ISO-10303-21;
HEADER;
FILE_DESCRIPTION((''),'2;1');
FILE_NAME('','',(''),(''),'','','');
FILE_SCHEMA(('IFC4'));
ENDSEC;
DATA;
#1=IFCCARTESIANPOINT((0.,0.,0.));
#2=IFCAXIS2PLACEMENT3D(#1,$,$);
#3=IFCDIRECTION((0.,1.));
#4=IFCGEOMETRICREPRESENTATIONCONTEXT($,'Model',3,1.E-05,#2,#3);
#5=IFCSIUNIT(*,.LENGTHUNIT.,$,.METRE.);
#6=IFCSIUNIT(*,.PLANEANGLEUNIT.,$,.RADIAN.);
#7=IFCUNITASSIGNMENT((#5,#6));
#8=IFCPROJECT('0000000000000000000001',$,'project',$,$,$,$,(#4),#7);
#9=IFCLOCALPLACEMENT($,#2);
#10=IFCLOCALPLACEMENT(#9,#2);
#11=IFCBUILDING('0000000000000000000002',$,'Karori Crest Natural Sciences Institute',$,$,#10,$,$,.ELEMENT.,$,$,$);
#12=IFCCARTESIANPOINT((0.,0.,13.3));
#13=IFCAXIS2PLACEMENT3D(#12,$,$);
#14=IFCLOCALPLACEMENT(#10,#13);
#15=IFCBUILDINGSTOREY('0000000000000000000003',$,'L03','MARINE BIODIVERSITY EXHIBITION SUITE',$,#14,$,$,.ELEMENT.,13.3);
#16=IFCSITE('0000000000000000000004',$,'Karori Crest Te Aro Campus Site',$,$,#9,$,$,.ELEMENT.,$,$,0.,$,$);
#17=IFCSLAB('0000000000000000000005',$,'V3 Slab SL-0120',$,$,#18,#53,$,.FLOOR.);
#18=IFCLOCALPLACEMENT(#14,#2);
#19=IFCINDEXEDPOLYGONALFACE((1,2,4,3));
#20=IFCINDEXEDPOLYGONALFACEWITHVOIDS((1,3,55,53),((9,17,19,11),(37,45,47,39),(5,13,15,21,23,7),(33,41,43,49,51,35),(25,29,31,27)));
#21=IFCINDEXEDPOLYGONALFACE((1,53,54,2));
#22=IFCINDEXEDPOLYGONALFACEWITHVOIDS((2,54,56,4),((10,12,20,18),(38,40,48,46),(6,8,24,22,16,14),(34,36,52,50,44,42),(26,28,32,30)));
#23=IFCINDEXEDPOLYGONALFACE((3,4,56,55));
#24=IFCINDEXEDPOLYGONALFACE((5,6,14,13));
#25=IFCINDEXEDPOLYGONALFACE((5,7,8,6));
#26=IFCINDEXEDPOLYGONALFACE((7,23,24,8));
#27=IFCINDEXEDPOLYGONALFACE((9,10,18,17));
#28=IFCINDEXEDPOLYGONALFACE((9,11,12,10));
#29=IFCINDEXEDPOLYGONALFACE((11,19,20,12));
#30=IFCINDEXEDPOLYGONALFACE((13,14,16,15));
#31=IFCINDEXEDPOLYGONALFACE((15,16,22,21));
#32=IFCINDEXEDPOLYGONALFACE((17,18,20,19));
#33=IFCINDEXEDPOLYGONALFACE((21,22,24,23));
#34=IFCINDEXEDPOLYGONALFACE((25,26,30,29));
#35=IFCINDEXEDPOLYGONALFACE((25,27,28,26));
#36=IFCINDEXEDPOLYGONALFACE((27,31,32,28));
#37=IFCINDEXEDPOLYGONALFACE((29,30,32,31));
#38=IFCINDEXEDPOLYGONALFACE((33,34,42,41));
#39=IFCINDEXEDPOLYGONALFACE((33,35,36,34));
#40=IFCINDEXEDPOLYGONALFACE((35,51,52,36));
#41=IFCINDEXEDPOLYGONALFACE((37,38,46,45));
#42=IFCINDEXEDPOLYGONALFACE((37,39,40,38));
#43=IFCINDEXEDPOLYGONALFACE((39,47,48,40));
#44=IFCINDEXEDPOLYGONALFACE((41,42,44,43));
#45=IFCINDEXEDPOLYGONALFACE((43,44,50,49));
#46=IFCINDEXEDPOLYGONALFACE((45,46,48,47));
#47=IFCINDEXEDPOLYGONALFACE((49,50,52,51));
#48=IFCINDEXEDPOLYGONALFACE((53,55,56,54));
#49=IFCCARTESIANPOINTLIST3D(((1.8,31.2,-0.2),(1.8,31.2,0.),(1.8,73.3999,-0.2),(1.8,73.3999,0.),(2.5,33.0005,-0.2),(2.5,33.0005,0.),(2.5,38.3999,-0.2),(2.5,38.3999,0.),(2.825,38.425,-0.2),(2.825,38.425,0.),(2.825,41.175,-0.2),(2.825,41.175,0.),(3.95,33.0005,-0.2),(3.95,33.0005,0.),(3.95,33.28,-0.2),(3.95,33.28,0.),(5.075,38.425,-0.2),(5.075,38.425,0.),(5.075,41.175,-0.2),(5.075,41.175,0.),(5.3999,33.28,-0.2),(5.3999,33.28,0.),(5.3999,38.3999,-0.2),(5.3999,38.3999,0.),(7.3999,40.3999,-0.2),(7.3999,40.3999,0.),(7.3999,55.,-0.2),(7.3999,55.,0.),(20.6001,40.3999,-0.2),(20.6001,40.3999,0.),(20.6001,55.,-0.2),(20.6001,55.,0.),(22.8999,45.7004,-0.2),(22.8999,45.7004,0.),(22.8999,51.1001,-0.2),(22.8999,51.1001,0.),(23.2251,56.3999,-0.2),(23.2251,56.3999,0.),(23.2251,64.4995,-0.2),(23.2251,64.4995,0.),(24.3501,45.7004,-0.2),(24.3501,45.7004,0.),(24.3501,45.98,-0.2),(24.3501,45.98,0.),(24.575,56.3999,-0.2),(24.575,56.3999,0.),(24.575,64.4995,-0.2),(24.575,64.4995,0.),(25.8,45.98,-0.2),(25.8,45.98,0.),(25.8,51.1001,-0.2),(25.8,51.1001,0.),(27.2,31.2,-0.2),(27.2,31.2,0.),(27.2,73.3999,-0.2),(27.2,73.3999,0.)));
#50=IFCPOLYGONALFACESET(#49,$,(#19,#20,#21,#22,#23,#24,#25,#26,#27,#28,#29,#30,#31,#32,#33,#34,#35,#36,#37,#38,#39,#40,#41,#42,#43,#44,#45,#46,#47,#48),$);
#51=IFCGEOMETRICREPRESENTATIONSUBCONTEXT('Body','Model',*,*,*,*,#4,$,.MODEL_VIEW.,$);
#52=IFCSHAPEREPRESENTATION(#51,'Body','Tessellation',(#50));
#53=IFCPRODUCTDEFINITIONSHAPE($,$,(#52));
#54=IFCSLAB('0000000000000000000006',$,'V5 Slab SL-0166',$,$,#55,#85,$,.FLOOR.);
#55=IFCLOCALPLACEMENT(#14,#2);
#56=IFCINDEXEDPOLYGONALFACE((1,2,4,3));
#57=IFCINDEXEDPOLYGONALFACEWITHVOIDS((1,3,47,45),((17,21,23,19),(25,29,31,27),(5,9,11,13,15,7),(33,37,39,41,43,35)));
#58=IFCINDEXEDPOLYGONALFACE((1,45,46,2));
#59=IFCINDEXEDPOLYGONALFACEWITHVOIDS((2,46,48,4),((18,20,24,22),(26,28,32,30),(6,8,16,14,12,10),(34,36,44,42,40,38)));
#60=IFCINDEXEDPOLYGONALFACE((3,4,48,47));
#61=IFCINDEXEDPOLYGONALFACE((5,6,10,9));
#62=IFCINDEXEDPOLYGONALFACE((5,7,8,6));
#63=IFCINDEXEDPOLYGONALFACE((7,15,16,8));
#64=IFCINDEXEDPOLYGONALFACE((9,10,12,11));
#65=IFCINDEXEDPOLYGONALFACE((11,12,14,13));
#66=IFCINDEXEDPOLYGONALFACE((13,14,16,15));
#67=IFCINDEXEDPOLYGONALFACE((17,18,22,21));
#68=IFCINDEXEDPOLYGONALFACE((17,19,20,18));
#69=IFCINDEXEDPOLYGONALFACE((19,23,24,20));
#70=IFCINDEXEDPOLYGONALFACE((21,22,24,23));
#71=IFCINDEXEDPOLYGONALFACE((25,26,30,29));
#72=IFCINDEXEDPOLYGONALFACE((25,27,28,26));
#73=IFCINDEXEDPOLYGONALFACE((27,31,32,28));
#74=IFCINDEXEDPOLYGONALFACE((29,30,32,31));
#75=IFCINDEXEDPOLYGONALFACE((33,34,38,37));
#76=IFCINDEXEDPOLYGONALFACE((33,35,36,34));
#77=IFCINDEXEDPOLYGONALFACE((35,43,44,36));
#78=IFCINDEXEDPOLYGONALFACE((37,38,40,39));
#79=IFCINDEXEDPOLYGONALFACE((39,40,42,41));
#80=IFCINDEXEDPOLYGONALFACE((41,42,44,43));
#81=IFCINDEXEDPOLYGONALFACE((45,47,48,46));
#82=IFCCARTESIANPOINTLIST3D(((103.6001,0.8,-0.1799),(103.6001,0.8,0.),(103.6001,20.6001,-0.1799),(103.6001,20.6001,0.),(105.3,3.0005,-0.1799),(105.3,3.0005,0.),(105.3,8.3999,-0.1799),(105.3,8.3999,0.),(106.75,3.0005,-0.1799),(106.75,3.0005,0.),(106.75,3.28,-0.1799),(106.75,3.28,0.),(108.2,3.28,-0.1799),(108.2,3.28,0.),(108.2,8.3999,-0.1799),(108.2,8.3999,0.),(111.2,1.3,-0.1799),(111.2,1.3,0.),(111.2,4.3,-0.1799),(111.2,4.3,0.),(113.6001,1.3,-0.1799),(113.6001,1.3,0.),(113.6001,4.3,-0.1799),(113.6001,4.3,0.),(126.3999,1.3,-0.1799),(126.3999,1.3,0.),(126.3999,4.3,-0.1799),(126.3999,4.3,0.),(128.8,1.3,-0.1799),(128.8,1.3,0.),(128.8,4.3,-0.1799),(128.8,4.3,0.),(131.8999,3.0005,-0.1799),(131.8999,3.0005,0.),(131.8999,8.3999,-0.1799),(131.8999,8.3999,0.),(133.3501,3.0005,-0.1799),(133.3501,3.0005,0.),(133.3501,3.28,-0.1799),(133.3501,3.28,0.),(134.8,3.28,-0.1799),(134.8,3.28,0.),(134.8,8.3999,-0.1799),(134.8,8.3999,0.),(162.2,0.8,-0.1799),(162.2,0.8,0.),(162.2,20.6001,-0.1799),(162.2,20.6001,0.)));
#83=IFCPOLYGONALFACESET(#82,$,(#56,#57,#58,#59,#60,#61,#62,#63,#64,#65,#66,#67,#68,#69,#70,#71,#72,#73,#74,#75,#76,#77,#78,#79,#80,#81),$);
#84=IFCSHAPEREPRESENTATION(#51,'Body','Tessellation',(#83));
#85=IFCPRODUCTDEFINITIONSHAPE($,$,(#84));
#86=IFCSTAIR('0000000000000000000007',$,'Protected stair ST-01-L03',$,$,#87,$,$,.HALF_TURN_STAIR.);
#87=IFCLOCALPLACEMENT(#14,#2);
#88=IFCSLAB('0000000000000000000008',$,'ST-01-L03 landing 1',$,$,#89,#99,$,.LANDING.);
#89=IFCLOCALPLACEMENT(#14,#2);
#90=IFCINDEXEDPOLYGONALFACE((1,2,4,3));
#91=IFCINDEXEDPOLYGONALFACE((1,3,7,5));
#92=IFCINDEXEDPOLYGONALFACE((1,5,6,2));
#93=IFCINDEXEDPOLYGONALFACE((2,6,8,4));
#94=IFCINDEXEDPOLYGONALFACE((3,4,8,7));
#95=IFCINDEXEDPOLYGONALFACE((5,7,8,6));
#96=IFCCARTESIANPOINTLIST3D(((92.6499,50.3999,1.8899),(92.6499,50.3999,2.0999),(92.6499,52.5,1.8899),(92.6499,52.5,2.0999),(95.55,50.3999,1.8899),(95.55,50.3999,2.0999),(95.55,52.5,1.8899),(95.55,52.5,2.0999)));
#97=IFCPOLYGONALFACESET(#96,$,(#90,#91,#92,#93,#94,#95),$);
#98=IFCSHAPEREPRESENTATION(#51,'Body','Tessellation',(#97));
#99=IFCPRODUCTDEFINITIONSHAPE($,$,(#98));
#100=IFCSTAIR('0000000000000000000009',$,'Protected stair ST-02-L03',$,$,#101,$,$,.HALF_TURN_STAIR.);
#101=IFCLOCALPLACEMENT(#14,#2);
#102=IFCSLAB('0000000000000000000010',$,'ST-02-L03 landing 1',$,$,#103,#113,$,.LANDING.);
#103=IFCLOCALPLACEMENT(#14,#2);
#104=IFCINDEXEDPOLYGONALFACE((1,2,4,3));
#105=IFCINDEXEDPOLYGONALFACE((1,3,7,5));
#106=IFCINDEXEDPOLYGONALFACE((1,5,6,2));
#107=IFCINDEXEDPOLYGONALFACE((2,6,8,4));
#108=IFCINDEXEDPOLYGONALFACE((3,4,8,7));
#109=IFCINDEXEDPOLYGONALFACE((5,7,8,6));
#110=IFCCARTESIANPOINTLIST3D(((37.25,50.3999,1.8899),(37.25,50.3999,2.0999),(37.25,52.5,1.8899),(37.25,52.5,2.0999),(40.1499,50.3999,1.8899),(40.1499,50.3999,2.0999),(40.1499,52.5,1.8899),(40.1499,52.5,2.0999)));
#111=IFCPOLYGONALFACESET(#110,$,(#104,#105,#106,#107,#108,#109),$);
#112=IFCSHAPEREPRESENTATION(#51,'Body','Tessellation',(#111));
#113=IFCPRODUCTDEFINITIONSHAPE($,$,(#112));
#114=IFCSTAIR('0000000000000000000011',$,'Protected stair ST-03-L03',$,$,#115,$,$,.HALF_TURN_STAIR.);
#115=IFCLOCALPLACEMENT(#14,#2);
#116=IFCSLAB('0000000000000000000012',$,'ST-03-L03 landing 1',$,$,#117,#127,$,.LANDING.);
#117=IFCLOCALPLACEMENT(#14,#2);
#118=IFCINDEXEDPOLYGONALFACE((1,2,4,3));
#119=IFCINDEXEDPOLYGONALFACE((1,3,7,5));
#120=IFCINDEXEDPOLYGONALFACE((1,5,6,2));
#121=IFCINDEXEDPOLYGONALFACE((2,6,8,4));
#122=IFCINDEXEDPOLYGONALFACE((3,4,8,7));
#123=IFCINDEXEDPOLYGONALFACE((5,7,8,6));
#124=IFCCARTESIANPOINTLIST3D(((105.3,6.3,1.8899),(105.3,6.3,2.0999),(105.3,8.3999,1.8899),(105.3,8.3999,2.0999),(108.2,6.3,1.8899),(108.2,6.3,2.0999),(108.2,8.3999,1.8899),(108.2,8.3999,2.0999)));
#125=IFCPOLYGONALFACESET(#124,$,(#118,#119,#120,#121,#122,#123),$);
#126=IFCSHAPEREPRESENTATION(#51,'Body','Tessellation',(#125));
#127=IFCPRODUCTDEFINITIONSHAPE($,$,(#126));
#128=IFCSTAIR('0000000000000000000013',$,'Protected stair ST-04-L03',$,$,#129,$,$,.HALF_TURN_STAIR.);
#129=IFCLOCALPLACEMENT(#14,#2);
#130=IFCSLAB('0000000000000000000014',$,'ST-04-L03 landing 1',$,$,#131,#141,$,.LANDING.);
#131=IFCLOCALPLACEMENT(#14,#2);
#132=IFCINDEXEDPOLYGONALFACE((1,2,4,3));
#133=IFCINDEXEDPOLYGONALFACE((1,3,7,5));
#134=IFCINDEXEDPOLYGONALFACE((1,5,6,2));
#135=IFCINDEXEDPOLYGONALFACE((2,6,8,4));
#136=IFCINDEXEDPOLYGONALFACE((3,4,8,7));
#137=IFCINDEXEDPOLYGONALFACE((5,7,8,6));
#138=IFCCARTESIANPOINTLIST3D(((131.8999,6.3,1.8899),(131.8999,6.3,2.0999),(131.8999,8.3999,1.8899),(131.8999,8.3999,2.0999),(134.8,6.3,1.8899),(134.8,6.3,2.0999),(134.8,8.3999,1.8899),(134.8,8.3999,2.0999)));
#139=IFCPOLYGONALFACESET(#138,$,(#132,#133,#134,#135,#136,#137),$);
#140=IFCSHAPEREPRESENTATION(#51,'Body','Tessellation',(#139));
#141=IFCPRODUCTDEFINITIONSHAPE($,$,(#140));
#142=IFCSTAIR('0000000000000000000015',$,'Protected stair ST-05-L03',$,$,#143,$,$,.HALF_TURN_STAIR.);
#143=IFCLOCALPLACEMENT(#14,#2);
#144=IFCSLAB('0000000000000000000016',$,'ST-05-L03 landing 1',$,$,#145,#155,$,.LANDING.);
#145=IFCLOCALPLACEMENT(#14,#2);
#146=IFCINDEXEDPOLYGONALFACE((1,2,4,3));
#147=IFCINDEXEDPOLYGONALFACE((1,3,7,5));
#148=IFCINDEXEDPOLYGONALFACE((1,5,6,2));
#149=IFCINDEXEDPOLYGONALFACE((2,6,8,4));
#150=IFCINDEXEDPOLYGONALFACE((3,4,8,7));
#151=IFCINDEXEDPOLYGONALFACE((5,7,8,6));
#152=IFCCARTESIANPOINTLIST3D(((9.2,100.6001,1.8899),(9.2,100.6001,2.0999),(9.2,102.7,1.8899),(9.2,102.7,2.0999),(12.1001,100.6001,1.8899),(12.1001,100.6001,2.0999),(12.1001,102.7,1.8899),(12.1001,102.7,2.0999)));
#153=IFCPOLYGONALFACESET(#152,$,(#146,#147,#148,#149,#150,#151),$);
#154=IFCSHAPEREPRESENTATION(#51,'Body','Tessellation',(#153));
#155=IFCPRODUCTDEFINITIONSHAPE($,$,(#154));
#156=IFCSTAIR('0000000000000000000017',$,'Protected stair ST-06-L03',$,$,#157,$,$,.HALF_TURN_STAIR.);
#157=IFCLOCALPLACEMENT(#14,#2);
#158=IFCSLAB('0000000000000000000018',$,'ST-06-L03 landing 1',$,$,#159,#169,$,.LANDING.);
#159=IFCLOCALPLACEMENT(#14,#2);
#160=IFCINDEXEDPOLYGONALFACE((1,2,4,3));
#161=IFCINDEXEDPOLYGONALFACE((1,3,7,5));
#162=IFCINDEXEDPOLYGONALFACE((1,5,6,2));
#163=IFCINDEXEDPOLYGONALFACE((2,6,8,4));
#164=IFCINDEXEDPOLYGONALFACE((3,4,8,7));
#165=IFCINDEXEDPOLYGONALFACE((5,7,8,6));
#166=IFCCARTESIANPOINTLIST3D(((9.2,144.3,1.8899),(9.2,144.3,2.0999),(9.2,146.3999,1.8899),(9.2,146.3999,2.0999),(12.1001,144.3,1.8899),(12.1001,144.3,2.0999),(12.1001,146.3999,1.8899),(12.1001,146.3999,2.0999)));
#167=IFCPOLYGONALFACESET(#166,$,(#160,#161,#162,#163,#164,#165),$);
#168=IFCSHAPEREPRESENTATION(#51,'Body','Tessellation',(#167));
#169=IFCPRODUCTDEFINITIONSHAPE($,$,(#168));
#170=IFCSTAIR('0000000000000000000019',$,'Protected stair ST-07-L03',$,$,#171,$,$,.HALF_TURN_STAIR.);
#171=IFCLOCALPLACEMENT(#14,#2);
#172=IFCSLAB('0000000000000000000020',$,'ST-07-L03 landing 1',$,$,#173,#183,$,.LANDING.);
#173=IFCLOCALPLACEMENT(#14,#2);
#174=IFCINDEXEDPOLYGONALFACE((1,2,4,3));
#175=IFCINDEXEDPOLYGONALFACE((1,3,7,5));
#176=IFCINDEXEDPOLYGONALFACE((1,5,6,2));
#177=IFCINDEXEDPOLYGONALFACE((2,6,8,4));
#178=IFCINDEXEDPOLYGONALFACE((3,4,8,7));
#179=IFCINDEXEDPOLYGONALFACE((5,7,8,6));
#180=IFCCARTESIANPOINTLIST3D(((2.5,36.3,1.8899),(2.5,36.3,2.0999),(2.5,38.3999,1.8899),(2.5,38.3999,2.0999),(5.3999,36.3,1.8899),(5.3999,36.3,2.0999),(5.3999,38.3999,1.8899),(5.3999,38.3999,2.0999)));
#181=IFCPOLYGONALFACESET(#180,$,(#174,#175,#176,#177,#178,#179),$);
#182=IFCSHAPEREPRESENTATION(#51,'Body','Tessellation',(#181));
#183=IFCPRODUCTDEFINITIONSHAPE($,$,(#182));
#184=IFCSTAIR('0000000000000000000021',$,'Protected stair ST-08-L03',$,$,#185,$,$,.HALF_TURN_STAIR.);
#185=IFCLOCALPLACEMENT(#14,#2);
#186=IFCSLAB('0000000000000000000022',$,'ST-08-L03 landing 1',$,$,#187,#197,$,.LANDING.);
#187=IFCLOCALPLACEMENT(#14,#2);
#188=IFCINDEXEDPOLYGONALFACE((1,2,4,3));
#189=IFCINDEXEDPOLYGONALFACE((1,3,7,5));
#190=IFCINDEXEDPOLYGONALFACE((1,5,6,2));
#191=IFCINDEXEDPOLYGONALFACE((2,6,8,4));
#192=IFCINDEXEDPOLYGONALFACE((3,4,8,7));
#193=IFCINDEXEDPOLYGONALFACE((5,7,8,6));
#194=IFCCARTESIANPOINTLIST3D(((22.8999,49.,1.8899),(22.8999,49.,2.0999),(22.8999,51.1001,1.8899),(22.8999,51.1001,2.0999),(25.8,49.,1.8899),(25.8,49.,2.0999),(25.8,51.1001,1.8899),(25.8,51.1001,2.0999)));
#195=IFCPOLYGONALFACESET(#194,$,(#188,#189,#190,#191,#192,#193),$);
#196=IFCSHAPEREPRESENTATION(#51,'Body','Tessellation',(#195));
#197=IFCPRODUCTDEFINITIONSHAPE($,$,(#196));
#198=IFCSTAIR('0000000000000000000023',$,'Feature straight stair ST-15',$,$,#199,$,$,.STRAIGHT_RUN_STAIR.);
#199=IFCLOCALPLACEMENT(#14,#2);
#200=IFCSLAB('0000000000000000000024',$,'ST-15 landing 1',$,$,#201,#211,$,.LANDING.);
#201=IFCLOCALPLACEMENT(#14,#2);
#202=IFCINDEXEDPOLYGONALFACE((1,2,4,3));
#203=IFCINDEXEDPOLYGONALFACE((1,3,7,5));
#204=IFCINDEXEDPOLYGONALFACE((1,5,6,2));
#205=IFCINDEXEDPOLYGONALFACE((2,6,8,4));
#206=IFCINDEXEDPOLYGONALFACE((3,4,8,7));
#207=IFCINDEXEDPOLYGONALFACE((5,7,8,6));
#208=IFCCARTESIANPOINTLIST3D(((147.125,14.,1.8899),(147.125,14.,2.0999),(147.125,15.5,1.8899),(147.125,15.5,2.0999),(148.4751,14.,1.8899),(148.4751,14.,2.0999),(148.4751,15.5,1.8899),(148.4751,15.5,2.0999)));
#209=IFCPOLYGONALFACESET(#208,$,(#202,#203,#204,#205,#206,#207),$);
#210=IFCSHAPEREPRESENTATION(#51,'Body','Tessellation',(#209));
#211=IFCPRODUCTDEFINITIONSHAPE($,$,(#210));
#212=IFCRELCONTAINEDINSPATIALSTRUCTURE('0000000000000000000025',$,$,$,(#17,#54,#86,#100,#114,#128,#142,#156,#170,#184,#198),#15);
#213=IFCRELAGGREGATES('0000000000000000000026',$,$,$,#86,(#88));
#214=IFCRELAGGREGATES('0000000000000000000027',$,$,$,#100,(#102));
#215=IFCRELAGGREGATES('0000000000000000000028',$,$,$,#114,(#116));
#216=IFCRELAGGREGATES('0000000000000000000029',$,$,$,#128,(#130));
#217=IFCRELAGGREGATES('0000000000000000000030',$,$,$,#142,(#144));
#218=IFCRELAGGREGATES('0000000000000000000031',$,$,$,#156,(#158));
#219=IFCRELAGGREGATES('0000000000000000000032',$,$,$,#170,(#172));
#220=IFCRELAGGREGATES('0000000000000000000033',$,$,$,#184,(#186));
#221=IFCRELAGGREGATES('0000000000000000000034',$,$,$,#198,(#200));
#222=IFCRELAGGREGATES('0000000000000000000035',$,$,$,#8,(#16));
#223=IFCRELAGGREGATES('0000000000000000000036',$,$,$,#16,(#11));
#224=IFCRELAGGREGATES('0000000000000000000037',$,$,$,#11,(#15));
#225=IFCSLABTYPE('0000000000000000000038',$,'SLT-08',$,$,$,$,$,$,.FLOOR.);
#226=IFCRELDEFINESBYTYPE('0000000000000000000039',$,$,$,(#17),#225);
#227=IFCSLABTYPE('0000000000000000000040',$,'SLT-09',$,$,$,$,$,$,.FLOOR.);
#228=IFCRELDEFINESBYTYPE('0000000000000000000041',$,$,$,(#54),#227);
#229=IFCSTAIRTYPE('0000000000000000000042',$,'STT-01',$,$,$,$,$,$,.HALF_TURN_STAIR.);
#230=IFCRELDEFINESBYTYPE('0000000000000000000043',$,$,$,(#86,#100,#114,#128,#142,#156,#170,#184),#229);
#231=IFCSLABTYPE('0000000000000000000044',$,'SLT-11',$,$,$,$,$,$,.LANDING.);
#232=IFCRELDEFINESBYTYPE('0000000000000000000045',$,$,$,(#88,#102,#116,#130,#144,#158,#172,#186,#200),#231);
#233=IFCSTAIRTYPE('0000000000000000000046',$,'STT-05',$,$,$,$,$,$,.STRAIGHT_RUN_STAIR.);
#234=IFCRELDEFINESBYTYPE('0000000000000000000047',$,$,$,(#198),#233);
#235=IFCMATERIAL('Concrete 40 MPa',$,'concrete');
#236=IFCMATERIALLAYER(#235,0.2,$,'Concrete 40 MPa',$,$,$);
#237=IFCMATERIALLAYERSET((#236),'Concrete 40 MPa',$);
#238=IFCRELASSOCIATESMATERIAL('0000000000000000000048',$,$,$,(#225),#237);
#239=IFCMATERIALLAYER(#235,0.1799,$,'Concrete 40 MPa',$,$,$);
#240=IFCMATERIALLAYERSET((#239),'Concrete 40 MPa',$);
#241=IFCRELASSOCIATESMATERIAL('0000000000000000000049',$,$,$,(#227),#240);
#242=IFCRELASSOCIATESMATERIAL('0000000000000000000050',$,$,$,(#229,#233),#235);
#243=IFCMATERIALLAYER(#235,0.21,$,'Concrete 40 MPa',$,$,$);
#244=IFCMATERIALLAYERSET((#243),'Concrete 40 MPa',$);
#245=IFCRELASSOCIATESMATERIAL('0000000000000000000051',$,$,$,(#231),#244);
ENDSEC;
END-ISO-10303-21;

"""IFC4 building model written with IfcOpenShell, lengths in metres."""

from ifc_helpers import new_model, si_unit, direction, frame, origin, place, context, subcontext, project, spatial, polyline, outline, extrude, material, layer, layer_set, type_object, element, aggregate, save


model = new_model("IFC4")

# Units and contexts
model_context = context("Model", 3, precision=1e-05, world=origin(), true_north=direction((0.0, 1.0)))
body_context = subcontext(model_context, "Body", "Model", "MODEL_VIEW")
ifc_project = project(units=[si_unit("LENGTHUNIT", "METRE"), si_unit("PLANEANGLEUNIT", "RADIAN")], contexts=[model_context])

# Site, building, storey
site_placement = place(None, origin())
site = spatial("IfcSite", under=ifc_project, at=site_placement, Name="Karori Crest Te Aro Campus Site", CompositionType="ELEMENT", RefElevation=0.0)
building_placement = place(site_placement, origin())
building = spatial("IfcBuilding", under=site, at=building_placement, Name="Karori Crest Natural Sciences Institute", CompositionType="ELEMENT")
storey_placement = place(building_placement, frame((0.0, 0.0, 13.3)))
storey = spatial("IfcBuildingStorey", under=building, at=storey_placement, Name="L03", Description="MARINE BIODIVERSITY EXHIBITION SUITE", CompositionType="ELEMENT", Elevation=13.3)

# Slabs
ifc_material_1 = material(Name="Concrete 40 MPa", Category="concrete")
ifc_layer_1 = layer(ifc_material_1, 0.2, Name="Concrete 40 MPa")
ifc_layer_set_1 = layer_set([ifc_layer_1], Name="Concrete 40 MPa")
slab_type_1 = type_object("IfcSlabType", Name="SLT-08", PredefinedType="FLOOR", material=ifc_layer_set_1)
slab_1_placement = place(storey_placement, frame((0.0, 0.0, -0.2)))
element("IfcSlab", 1, at=slab_1_placement, inside=storey, type_object=slab_type_1, Name="V3 Slab SL-0120", PredefinedType="FLOOR", context=body_context, shape_type="SweptSolid", body=[
    extrude(outline(polyline([(1.8, 31.2), (27.2, 31.2), (27.2, 73.3999), (1.8, 73.3999), (1.8, 31.2)]), holes=[polyline([(7.3999, 55.0), (20.6001, 55.0), (20.6001, 40.3999), (7.3999, 40.3999), (7.3999, 55.0)]), polyline([(5.3999, 33.28), (3.95, 33.28), (3.95, 33.0005), (2.5, 33.0005), (2.5, 38.3999), (5.3999, 38.3999), (5.3999, 33.28)]), polyline([(25.8, 45.98), (24.3501, 45.98), (24.3501, 45.7004), (22.8999, 45.7004), (22.8999, 51.1001), (25.8, 51.1001), (25.8, 45.98)]), polyline([(23.2251, 64.4995), (24.575, 64.4995), (24.575, 56.3999), (23.2251, 56.3999), (23.2251, 64.4995)]), polyline([(2.825, 41.175), (5.075, 41.175), (5.075, 38.425), (2.825, 38.425), (2.825, 41.175)])]), origin(), (0.0, 0.0, 1.0), 0.2),
])
ifc_layer_2 = layer(ifc_material_1, 0.1799, Name="Concrete 40 MPa")
ifc_layer_set_2 = layer_set([ifc_layer_2], Name="Concrete 40 MPa")
slab_type_2 = type_object("IfcSlabType", Name="SLT-09", PredefinedType="FLOOR", material=ifc_layer_set_2)
slab_2_placement = place(storey_placement, frame((0.0, 0.0, -0.1799)))
element("IfcSlab", 2, at=slab_2_placement, inside=storey, type_object=slab_type_2, Name="V5 Slab SL-0166", PredefinedType="FLOOR", context=body_context, shape_type="SweptSolid", body=[
    extrude(outline(polyline([(103.6001, 0.8), (162.2, 0.8), (162.2, 20.6001), (103.6001, 20.6001), (103.6001, 0.8)]), holes=[polyline([(108.2, 3.28), (106.75, 3.28), (106.75, 3.0005), (105.3, 3.0005), (105.3, 8.3999), (108.2, 8.3999), (108.2, 3.28)]), polyline([(134.8, 3.28), (133.3501, 3.28), (133.3501, 3.0005), (131.8999, 3.0005), (131.8999, 8.3999), (134.8, 8.3999), (134.8, 3.28)]), polyline([(111.2, 4.3), (113.6001, 4.3), (113.6001, 1.3), (111.2, 1.3), (111.2, 4.3)]), polyline([(126.3999, 4.3), (128.8, 4.3), (128.8, 1.3), (126.3999, 1.3), (126.3999, 4.3)])]), origin(), (0.0, 0.0, 1.0), 0.1799),
])

# Stairs, slabs
stair_type_1 = type_object("IfcStairType", Name="STT-01", PredefinedType="HALF_TURN_STAIR", material=ifc_material_1)
stair_1_placement = place(storey_placement, origin())
stair_1 = element("IfcStair", 3, at=stair_1_placement, inside=storey, type_object=stair_type_1, Name="Protected stair ST-01-L03", PredefinedType="HALF_TURN_STAIR")
ifc_layer_3 = layer(ifc_material_1, 0.21, Name="Concrete 40 MPa")
ifc_layer_set_3 = layer_set([ifc_layer_3], Name="Concrete 40 MPa")
slab_type_3 = type_object("IfcSlabType", Name="SLT-11", PredefinedType="LANDING", material=ifc_layer_set_3)
slab_3_placement = place(storey_placement, frame((0.0, 0.0, 1.8899)))
slab_3 = element("IfcSlab", 4, at=slab_3_placement, type_object=slab_type_3, Name="ST-01-L03 landing 1", PredefinedType="LANDING", context=body_context, shape_type="SweptSolid", body=[
    extrude(outline(polyline([(95.55, 50.3999), (95.55, 52.5), (92.6499, 52.5), (92.6499, 50.3999), (95.55, 50.3999)])), origin(), (0.0, 0.0, 1.0), 0.21),
])
aggregate(stair_1, [slab_3])
stair_2_placement = place(storey_placement, origin())
stair_2 = element("IfcStair", 5, at=stair_2_placement, inside=storey, type_object=stair_type_1, Name="Protected stair ST-02-L03", PredefinedType="HALF_TURN_STAIR")
slab_4_placement = place(storey_placement, frame((0.0, 0.0, 1.8899)))
slab_4 = element("IfcSlab", 6, at=slab_4_placement, type_object=slab_type_3, Name="ST-02-L03 landing 1", PredefinedType="LANDING", context=body_context, shape_type="SweptSolid", body=[
    extrude(outline(polyline([(40.1499, 50.3999), (40.1499, 52.5), (37.25, 52.5), (37.25, 50.3999), (40.1499, 50.3999)])), origin(), (0.0, 0.0, 1.0), 0.21),
])
aggregate(stair_2, [slab_4])
stair_3_placement = place(storey_placement, origin())
stair_3 = element("IfcStair", 7, at=stair_3_placement, inside=storey, type_object=stair_type_1, Name="Protected stair ST-03-L03", PredefinedType="HALF_TURN_STAIR")
slab_5_placement = place(storey_placement, frame((0.0, 0.0, 1.8899)))
slab_5 = element("IfcSlab", 8, at=slab_5_placement, type_object=slab_type_3, Name="ST-03-L03 landing 1", PredefinedType="LANDING", context=body_context, shape_type="SweptSolid", body=[
    extrude(outline(polyline([(108.2, 6.3), (108.2, 8.3999), (105.3, 8.3999), (105.3, 6.3), (108.2, 6.3)])), origin(), (0.0, 0.0, 1.0), 0.21),
])
aggregate(stair_3, [slab_5])
stair_4_placement = place(storey_placement, origin())
stair_4 = element("IfcStair", 9, at=stair_4_placement, inside=storey, type_object=stair_type_1, Name="Protected stair ST-04-L03", PredefinedType="HALF_TURN_STAIR")
slab_6_placement = place(storey_placement, frame((0.0, 0.0, 1.8899)))
slab_6 = element("IfcSlab", 10, at=slab_6_placement, type_object=slab_type_3, Name="ST-04-L03 landing 1", PredefinedType="LANDING", context=body_context, shape_type="SweptSolid", body=[
    extrude(outline(polyline([(134.8, 6.3), (134.8, 8.3999), (131.8999, 8.3999), (131.8999, 6.3), (134.8, 6.3)])), origin(), (0.0, 0.0, 1.0), 0.21),
])
aggregate(stair_4, [slab_6])
stair_5_placement = place(storey_placement, origin())
stair_5 = element("IfcStair", 11, at=stair_5_placement, inside=storey, type_object=stair_type_1, Name="Protected stair ST-05-L03", PredefinedType="HALF_TURN_STAIR")
slab_7_placement = place(storey_placement, frame((0.0, 0.0, 1.8899)))
slab_7 = element("IfcSlab", 12, at=slab_7_placement, type_object=slab_type_3, Name="ST-05-L03 landing 1", PredefinedType="LANDING", context=body_context, shape_type="SweptSolid", body=[
    extrude(outline(polyline([(12.1001, 100.6001), (12.1001, 102.7), (9.2, 102.7), (9.2, 100.6001), (12.1001, 100.6001)])), origin(), (0.0, 0.0, 1.0), 0.21),
])
aggregate(stair_5, [slab_7])
stair_6_placement = place(storey_placement, origin())
stair_6 = element("IfcStair", 13, at=stair_6_placement, inside=storey, type_object=stair_type_1, Name="Protected stair ST-06-L03", PredefinedType="HALF_TURN_STAIR")
slab_8_placement = place(storey_placement, frame((0.0, 0.0, 1.8899)))
slab_8 = element("IfcSlab", 14, at=slab_8_placement, type_object=slab_type_3, Name="ST-06-L03 landing 1", PredefinedType="LANDING", context=body_context, shape_type="SweptSolid", body=[
    extrude(outline(polyline([(12.1001, 144.3), (12.1001, 146.3999), (9.2, 146.3999), (9.2, 144.3), (12.1001, 144.3)])), origin(), (0.0, 0.0, 1.0), 0.21),
])
aggregate(stair_6, [slab_8])
stair_7_placement = place(storey_placement, origin())
stair_7 = element("IfcStair", 15, at=stair_7_placement, inside=storey, type_object=stair_type_1, Name="Protected stair ST-07-L03", PredefinedType="HALF_TURN_STAIR")
slab_9_placement = place(storey_placement, frame((0.0, 0.0, 1.8899)))
slab_9 = element("IfcSlab", 16, at=slab_9_placement, type_object=slab_type_3, Name="ST-07-L03 landing 1", PredefinedType="LANDING", context=body_context, shape_type="SweptSolid", body=[
    extrude(outline(polyline([(5.3999, 36.3), (5.3999, 38.3999), (2.5, 38.3999), (2.5, 36.3), (5.3999, 36.3)])), origin(), (0.0, 0.0, 1.0), 0.21),
])
aggregate(stair_7, [slab_9])
stair_8_placement = place(storey_placement, origin())
stair_8 = element("IfcStair", 17, at=stair_8_placement, inside=storey, type_object=stair_type_1, Name="Protected stair ST-08-L03", PredefinedType="HALF_TURN_STAIR")
slab_10_placement = place(storey_placement, frame((0.0, 0.0, 1.8899)))
slab_10 = element("IfcSlab", 18, at=slab_10_placement, type_object=slab_type_3, Name="ST-08-L03 landing 1", PredefinedType="LANDING", context=body_context, shape_type="SweptSolid", body=[
    extrude(outline(polyline([(25.8, 49.0), (25.8, 51.1001), (22.8999, 51.1001), (22.8999, 49.0), (25.8, 49.0)])), origin(), (0.0, 0.0, 1.0), 0.21),
])
aggregate(stair_8, [slab_10])
stair_type_2 = type_object("IfcStairType", Name="STT-05", PredefinedType="STRAIGHT_RUN_STAIR", material=ifc_material_1)
stair_9_placement = place(storey_placement, origin())
stair_9 = element("IfcStair", 19, at=stair_9_placement, inside=storey, type_object=stair_type_2, Name="Feature straight stair ST-15", PredefinedType="STRAIGHT_RUN_STAIR")
slab_11_placement = place(storey_placement, frame((0.0, 0.0, 1.8899)))
slab_11 = element("IfcSlab", 20, at=slab_11_placement, type_object=slab_type_3, Name="ST-15 landing 1", PredefinedType="LANDING", context=body_context, shape_type="SweptSolid", body=[
    extrude(outline(polyline([(147.125, 14.0), (148.4751, 14.0), (148.4751, 15.5), (147.125, 15.5), (147.125, 14.0)])), origin(), (0.0, 0.0, 1.0), 0.21),
])
aggregate(stair_9, [slab_11])

save(model, "model.ifc")
